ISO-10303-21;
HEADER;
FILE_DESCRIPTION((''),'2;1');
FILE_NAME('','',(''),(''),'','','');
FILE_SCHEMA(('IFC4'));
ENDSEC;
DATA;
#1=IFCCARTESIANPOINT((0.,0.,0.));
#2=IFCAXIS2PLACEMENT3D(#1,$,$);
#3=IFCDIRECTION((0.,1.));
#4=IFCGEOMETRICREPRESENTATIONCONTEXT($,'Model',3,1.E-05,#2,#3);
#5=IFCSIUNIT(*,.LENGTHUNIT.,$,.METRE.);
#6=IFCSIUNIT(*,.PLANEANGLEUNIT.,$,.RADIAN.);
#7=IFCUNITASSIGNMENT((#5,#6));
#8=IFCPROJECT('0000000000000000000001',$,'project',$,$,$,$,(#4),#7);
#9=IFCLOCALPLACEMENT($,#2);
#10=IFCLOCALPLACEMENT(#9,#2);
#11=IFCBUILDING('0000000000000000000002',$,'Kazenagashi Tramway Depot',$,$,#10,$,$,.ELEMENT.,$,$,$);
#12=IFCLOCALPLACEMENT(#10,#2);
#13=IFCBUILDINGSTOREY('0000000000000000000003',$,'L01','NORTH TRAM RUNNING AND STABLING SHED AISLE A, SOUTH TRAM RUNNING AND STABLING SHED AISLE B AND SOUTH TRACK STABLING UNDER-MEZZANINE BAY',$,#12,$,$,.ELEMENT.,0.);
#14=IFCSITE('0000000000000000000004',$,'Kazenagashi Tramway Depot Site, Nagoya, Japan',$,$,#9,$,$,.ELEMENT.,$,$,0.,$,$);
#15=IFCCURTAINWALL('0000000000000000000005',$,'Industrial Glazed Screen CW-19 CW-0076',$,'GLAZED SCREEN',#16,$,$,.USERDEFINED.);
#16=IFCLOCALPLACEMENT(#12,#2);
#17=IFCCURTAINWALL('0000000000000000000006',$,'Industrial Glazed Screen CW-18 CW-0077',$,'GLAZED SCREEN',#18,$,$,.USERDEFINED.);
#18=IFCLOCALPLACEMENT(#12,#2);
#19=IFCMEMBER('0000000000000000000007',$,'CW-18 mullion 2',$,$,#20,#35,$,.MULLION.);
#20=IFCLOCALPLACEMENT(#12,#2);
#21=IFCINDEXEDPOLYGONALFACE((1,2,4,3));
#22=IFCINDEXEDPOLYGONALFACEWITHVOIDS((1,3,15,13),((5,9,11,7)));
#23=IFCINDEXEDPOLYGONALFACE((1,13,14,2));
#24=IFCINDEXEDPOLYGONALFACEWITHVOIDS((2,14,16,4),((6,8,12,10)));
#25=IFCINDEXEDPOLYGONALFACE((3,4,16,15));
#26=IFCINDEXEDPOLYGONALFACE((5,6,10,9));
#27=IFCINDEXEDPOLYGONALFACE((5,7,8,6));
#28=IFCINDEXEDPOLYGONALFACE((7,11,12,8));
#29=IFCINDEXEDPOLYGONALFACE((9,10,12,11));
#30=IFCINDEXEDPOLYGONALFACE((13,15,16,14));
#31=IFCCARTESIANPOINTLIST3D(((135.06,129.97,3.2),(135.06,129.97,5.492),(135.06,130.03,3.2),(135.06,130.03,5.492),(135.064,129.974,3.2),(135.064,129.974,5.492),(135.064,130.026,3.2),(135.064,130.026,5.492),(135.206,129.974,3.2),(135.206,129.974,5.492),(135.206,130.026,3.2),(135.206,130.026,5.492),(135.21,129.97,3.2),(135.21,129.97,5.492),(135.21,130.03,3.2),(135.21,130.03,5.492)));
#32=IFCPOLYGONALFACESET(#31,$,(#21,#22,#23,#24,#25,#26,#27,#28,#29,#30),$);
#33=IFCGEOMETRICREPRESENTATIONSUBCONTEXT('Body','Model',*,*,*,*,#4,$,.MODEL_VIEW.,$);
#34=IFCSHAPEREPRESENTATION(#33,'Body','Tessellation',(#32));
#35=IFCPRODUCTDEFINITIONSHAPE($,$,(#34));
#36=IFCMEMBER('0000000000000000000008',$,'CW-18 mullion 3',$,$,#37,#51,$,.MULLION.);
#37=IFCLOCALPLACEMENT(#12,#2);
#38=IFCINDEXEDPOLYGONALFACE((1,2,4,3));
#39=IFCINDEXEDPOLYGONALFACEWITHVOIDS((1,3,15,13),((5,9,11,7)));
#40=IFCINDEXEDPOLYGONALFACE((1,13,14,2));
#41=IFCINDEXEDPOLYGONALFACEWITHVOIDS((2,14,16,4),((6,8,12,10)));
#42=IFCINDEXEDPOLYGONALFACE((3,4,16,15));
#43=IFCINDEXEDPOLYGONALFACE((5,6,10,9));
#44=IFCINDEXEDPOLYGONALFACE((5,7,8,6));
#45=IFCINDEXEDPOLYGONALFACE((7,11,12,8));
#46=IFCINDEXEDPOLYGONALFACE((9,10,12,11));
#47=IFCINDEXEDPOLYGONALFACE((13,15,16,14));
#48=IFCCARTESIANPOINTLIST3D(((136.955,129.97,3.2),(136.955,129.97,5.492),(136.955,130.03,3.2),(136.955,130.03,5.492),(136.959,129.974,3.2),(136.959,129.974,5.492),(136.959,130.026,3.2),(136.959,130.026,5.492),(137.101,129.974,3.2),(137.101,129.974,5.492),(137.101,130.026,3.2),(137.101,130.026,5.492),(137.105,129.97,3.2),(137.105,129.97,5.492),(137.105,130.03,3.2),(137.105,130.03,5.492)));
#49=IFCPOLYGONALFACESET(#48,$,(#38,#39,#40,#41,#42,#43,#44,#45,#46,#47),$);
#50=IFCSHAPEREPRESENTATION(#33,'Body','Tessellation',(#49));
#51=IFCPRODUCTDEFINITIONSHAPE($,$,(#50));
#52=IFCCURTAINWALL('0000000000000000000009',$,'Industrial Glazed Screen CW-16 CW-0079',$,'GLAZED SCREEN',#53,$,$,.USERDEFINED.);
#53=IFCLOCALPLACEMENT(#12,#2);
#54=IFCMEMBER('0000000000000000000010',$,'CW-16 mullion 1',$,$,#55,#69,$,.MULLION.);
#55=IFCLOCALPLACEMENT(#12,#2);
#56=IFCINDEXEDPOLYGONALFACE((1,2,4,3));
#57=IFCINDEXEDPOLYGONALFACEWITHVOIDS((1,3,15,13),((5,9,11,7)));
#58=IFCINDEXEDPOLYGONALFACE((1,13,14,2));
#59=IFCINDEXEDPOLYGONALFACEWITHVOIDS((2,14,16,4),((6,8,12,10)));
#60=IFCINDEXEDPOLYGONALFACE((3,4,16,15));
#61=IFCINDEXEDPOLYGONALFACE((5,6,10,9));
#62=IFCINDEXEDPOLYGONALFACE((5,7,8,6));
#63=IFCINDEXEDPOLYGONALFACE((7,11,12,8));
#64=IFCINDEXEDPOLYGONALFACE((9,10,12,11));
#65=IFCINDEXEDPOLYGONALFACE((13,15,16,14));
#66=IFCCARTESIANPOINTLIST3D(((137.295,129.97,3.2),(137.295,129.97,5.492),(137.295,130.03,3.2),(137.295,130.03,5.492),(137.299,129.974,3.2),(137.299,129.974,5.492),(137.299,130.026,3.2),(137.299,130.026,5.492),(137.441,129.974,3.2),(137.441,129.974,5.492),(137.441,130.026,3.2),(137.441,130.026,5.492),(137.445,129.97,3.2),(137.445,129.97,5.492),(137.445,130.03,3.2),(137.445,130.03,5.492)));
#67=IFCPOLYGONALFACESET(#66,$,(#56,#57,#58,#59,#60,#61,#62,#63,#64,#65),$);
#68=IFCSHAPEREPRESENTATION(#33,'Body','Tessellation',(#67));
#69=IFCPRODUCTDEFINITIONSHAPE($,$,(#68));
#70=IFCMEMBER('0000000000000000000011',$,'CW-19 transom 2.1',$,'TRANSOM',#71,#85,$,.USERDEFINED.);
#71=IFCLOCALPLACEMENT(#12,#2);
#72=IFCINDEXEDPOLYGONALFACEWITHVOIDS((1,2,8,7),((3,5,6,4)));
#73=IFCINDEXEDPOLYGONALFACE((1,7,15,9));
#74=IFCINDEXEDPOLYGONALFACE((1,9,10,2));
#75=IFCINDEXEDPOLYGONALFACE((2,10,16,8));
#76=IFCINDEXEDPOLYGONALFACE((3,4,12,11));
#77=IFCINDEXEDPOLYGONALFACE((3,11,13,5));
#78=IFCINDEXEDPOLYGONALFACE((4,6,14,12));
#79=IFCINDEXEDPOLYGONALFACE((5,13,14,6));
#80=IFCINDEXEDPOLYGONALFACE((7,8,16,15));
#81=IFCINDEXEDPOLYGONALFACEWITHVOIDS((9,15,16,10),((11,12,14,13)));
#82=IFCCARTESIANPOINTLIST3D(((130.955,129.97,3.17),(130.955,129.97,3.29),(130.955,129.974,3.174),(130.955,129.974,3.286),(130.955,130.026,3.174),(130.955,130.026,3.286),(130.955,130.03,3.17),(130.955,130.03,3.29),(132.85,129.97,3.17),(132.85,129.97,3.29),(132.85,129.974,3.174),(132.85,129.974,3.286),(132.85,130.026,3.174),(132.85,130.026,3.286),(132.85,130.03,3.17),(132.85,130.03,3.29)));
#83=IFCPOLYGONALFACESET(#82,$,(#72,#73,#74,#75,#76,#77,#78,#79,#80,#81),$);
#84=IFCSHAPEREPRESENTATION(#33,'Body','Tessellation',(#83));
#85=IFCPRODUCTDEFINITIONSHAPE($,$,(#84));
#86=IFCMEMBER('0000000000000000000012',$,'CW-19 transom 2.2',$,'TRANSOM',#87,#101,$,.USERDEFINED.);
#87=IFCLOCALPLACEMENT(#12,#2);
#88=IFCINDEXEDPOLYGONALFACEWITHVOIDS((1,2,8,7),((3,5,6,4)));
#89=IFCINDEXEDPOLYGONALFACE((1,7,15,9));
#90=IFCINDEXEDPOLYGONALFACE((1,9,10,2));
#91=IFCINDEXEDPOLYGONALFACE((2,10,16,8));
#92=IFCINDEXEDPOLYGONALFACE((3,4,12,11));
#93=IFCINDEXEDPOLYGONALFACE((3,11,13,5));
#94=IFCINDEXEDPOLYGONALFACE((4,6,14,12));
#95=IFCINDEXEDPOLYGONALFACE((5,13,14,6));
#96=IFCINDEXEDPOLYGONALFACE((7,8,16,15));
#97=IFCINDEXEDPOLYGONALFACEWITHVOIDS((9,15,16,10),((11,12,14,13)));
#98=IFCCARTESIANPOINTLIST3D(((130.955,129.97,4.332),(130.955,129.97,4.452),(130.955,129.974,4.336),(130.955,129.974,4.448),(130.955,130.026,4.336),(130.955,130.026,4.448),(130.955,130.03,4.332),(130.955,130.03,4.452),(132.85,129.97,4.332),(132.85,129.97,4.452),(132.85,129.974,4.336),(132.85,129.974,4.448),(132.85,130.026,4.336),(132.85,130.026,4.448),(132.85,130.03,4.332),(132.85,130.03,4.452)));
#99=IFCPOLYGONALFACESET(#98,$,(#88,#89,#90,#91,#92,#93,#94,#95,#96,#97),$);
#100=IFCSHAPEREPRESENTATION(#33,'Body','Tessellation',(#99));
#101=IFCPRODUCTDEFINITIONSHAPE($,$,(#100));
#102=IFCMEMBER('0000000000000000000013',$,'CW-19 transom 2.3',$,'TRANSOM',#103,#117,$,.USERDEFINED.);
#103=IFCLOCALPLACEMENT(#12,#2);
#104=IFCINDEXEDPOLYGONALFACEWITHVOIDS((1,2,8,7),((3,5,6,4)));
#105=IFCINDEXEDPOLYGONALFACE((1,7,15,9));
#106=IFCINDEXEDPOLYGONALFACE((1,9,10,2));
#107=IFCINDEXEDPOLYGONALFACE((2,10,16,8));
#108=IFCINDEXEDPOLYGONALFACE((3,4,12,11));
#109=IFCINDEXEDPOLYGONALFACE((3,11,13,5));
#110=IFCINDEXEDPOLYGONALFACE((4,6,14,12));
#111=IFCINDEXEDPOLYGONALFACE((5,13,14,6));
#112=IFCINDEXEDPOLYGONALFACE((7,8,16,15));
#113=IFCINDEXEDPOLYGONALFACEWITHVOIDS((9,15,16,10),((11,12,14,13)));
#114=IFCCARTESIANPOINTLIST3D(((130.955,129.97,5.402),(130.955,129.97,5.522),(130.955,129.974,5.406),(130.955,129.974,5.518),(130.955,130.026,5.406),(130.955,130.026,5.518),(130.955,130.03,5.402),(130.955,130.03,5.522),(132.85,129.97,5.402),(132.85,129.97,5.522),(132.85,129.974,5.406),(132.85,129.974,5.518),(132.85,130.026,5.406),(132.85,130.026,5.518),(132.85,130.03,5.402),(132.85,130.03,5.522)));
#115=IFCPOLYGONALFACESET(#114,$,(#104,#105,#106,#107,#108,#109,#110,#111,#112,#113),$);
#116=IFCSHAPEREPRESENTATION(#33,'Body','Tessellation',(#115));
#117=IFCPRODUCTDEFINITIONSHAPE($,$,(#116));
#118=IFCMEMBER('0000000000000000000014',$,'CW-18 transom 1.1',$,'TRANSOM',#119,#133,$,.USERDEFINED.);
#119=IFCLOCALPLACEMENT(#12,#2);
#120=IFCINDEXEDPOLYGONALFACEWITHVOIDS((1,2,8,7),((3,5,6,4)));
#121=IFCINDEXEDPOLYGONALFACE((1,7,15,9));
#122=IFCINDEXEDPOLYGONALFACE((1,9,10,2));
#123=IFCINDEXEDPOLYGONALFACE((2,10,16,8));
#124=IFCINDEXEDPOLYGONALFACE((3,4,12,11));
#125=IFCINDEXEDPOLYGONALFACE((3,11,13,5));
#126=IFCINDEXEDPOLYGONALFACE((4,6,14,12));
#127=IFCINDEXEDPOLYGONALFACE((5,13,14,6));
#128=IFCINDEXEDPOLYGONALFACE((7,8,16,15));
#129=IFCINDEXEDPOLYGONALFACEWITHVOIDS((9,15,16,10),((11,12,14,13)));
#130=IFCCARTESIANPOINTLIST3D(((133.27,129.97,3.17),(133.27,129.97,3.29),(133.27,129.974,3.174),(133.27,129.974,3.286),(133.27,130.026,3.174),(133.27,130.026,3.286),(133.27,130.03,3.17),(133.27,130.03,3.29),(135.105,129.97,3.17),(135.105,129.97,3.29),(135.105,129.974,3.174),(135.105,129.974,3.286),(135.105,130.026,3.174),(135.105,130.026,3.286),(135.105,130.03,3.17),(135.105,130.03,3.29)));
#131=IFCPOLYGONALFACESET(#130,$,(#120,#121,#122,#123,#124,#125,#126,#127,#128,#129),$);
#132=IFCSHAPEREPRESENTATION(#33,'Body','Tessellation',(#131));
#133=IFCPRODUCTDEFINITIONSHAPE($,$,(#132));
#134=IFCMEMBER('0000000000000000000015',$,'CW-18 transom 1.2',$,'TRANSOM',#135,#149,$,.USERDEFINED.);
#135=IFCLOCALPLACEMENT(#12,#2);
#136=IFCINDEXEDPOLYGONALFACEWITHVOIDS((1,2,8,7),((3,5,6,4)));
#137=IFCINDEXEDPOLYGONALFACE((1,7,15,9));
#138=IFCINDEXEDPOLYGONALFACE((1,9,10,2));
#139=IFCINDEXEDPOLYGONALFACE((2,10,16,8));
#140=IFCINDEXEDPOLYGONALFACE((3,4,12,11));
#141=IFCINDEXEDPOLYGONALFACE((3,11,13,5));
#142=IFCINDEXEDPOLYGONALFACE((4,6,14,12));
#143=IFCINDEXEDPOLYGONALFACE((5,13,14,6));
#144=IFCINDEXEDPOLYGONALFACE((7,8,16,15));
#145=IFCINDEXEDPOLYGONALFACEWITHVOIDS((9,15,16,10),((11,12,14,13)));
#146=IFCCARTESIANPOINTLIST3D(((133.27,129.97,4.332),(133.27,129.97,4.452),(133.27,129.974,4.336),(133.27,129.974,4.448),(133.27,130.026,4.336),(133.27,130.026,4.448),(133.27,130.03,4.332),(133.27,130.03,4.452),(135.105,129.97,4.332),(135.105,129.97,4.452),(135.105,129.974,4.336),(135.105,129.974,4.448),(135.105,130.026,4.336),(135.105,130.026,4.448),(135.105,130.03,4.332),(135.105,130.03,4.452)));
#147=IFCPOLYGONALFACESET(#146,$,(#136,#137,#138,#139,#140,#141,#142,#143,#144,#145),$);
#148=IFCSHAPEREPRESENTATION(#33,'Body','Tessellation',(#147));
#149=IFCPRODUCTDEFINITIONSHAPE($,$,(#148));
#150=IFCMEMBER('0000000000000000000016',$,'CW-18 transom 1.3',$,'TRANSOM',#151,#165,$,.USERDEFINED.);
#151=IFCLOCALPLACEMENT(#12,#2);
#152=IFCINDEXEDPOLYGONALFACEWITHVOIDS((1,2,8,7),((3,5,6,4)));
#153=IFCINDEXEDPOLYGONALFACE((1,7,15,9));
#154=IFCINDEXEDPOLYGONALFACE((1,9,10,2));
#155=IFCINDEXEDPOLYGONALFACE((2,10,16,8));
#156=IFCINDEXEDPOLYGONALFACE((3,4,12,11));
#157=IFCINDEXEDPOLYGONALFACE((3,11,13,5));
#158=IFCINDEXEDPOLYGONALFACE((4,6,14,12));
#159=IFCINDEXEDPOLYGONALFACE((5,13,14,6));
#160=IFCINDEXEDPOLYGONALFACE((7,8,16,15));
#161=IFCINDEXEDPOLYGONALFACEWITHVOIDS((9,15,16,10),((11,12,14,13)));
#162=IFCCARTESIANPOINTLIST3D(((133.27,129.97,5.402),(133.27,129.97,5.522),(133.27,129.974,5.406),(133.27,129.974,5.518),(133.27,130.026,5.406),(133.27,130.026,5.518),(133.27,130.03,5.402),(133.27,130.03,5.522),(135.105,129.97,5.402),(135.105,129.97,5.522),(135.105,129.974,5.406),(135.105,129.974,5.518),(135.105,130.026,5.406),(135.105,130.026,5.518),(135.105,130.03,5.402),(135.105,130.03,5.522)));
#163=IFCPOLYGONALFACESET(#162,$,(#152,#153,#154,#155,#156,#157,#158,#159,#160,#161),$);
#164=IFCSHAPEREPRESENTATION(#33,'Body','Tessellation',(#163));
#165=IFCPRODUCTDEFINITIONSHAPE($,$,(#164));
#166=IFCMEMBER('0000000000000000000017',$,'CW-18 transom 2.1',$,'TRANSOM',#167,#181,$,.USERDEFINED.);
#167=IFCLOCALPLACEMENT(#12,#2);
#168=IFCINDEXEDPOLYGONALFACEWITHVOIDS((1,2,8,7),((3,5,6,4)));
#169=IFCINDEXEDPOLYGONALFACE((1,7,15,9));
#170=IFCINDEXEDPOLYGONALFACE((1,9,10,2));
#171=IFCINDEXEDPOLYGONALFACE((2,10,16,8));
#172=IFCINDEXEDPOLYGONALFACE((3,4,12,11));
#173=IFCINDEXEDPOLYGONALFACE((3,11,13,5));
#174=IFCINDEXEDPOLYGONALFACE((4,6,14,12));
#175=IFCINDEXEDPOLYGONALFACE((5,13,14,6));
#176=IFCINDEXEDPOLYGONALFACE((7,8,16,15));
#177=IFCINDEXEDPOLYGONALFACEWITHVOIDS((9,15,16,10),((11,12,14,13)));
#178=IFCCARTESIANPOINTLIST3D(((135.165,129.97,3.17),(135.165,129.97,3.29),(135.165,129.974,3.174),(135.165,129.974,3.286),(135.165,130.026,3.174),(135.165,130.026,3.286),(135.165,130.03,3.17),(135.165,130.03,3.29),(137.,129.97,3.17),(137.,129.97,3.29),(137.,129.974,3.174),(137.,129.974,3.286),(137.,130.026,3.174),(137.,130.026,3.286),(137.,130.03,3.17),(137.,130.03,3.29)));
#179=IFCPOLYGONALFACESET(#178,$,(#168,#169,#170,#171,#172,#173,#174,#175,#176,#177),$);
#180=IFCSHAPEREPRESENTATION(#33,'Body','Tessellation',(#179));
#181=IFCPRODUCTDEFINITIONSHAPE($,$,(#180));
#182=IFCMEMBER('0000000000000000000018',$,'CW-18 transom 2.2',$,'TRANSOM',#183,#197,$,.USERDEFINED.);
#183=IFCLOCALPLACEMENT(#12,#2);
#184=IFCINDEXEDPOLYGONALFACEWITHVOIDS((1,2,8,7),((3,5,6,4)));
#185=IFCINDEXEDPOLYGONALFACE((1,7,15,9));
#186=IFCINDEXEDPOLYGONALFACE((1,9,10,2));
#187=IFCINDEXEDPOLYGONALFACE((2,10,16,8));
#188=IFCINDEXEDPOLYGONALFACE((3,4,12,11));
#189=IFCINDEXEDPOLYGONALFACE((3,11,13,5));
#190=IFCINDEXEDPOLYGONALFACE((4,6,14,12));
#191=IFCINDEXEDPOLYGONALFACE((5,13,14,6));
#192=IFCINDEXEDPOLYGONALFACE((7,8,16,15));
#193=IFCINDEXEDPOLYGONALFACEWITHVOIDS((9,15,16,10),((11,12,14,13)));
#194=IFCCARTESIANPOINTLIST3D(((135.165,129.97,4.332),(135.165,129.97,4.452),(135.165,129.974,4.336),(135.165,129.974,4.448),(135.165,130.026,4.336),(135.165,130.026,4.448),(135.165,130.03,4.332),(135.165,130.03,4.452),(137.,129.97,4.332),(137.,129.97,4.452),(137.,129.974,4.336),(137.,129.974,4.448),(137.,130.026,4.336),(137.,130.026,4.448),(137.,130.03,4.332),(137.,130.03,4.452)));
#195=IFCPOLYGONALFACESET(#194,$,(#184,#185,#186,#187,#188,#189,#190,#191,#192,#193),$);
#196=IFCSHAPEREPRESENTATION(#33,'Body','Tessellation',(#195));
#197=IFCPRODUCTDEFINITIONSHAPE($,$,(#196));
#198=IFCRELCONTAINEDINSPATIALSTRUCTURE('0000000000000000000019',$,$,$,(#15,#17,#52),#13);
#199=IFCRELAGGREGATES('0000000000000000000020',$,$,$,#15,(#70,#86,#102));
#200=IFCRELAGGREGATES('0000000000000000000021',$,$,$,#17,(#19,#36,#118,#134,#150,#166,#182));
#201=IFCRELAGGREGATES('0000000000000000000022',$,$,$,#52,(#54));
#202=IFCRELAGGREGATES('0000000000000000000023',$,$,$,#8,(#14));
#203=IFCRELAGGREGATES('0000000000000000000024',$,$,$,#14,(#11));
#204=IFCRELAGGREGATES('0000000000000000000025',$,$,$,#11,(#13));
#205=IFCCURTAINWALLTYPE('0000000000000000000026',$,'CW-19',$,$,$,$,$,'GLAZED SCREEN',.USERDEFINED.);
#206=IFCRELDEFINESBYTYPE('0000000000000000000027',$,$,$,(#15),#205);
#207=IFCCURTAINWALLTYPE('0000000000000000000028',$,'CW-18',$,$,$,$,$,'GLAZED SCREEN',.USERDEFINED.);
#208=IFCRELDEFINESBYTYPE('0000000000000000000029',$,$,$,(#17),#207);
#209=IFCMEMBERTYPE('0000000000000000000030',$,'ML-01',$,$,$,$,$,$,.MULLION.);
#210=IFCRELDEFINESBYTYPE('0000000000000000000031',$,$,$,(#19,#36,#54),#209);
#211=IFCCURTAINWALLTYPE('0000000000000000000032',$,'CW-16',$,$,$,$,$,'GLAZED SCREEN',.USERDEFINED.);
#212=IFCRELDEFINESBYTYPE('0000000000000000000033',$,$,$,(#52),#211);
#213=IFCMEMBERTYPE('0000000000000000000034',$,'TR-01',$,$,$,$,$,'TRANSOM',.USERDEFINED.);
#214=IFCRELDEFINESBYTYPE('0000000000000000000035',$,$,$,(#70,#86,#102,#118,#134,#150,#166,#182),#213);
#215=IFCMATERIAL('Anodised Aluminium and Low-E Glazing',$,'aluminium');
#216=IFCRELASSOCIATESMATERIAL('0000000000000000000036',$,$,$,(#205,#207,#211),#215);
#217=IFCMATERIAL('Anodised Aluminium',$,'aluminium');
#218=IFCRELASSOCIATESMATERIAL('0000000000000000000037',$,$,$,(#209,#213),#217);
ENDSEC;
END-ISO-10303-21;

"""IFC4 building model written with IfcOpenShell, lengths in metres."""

from ifc_helpers import new_model, si_unit, direction, frame, origin, origin_2d, place, context, subcontext, project, spatial, hollow_rectangle, extrude, material, material_profile, profile_set, type_object, element, aggregate, save


model = new_model("IFC4")

# Units and contexts
model_context = context("Model", 3, precision=1e-05, world=origin(), true_north=direction((0.0, 1.0)))
body_context = subcontext(model_context, "Body", "Model", "MODEL_VIEW")
ifc_project = project(units=[si_unit("LENGTHUNIT", "METRE"), si_unit("PLANEANGLEUNIT", "RADIAN")], contexts=[model_context])

# Site, building, storey
site_placement = place(None, origin())
site = spatial("IfcSite", under=ifc_project, at=site_placement, Name="Kazenagashi Tramway Depot Site, Nagoya, Japan", CompositionType="ELEMENT", RefElevation=0.0)
building_placement = place(site_placement, origin())
building = spatial("IfcBuilding", under=site, at=building_placement, Name="Kazenagashi Tramway Depot", CompositionType="ELEMENT")
storey_placement = place(building_placement, origin())
storey = spatial("IfcBuildingStorey", under=building, at=storey_placement, Name="L01", Description="NORTH TRAM RUNNING AND STABLING SHED AISLE A, SOUTH TRAM RUNNING AND STABLING SHED AISLE B AND SOUTH TRACK STABLING UNDER-MEZZANINE BAY", CompositionType="ELEMENT", Elevation=0.0)

# Curtain walls, members
ifc_material_1 = material(Name="Anodised Aluminium and Low-E Glazing", Category="aluminium")
curtain_wall_type_1 = type_object("IfcCurtainWallType", Name="CW-19", ElementType="GLAZED SCREEN", PredefinedType="USERDEFINED", material=ifc_material_1)
curtain_wall_1_placement = place(storey_placement, origin())
curtain_wall_1 = element("IfcCurtainWall", 1, at=curtain_wall_1_placement, inside=storey, type_object=curtain_wall_type_1, Name="Industrial Glazed Screen CW-19 CW-0076", ObjectType="GLAZED SCREEN", PredefinedType="USERDEFINED")
ifc_material_2 = material(Name="Anodised Aluminium", Category="aluminium")
ifc_material_profile_1 = material_profile(ifc_material_2, hollow_rectangle(XDim=0.06, YDim=0.15, WallThickness=0.004, at=origin_2d()), Name="RHS-150x60x4")
ifc_profile_set_1 = profile_set([ifc_material_profile_1], Name="Anodised Aluminium")
member_type_1 = type_object("IfcMemberType", Name="ML-01", PredefinedType="MULLION", material=ifc_profile_set_1)
curtain_wall_type_2 = type_object("IfcCurtainWallType", Name="CW-18", ElementType="GLAZED SCREEN", PredefinedType="USERDEFINED", material=ifc_material_1)
curtain_wall_2_placement = place(storey_placement, origin())
curtain_wall_2 = element("IfcCurtainWall", 2, at=curtain_wall_2_placement, inside=storey, type_object=curtain_wall_type_2, Name="Industrial Glazed Screen CW-18 CW-0077", ObjectType="GLAZED SCREEN", PredefinedType="USERDEFINED")
member_1_placement = place(storey_placement, frame((135.135, 130.0, 3.2), z_axis=(0.0, 0.0, 1.0), x_axis=(0.0, 1.0, 0.0)))
member_1 = element("IfcMember", 3, at=member_1_placement, type_object=member_type_1, Name="CW-18 mullion 2", PredefinedType="MULLION", context=body_context, shape_type="SweptSolid", body=[
    extrude(hollow_rectangle(XDim=0.06, YDim=0.15, WallThickness=0.004, at=origin_2d()), origin(), (0.0, 0.0, 1.0), 2.292),
])
member_2_placement = place(storey_placement, frame((137.03, 130.0, 3.2), z_axis=(0.0, 0.0, 1.0), x_axis=(0.0, 1.0, 0.0)))
member_2 = element("IfcMember", 4, at=member_2_placement, type_object=member_type_1, Name="CW-18 mullion 3", PredefinedType="MULLION", context=body_context, shape_type="SweptSolid", body=[
    extrude(hollow_rectangle(XDim=0.06, YDim=0.15, WallThickness=0.004, at=origin_2d()), origin(), (0.0, 0.0, 1.0), 2.292),
])

# Curtain wall, member
curtain_wall_type_3 = type_object("IfcCurtainWallType", Name="CW-16", ElementType="GLAZED SCREEN", PredefinedType="USERDEFINED", material=ifc_material_1)
curtain_wall_3_placement = place(storey_placement, origin())
curtain_wall_3 = element("IfcCurtainWall", 5, at=curtain_wall_3_placement, inside=storey, type_object=curtain_wall_type_3, Name="Industrial Glazed Screen CW-16 CW-0079", ObjectType="GLAZED SCREEN", PredefinedType="USERDEFINED")
member_3_placement = place(storey_placement, frame((137.37, 130.0, 3.2), z_axis=(0.0, 0.0, 1.0), x_axis=(0.0, 1.0, 0.0)))
member_3 = element("IfcMember", 6, at=member_3_placement, type_object=member_type_1, Name="CW-16 mullion 1", PredefinedType="MULLION", context=body_context, shape_type="SweptSolid", body=[
    extrude(hollow_rectangle(XDim=0.06, YDim=0.15, WallThickness=0.004, at=origin_2d()), origin(), (0.0, 0.0, 1.0), 2.292),
])

# Members
ifc_material_profile_2 = material_profile(ifc_material_2, hollow_rectangle(XDim=0.06, YDim=0.12, WallThickness=0.004, at=origin_2d()), Name="RHS-120x60x4")
ifc_profile_set_2 = profile_set([ifc_material_profile_2], Name="Anodised Aluminium")
member_type_2 = type_object("IfcMemberType", Name="TR-01", ElementType="TRANSOM", PredefinedType="USERDEFINED", material=ifc_profile_set_2)
member_4_placement = place(storey_placement, frame((130.955, 130.0, 3.23), z_axis=(1.0, 0.0, 0.0), x_axis=(0.0, 1.0, 0.0)))
member_4 = element("IfcMember", 7, at=member_4_placement, type_object=member_type_2, Name="CW-19 transom 2.1", ObjectType="TRANSOM", PredefinedType="USERDEFINED", context=body_context, shape_type="SweptSolid", body=[
    extrude(hollow_rectangle(XDim=0.06, YDim=0.12, WallThickness=0.004, at=origin_2d()), origin(), (0.0, 0.0, 1.0), 1.895),
])
member_5_placement = place(storey_placement, frame((130.955, 130.0, 4.392), z_axis=(1.0, 0.0, 0.0), x_axis=(0.0, 1.0, 0.0)))
member_5 = element("IfcMember", 8, at=member_5_placement, type_object=member_type_2, Name="CW-19 transom 2.2", ObjectType="TRANSOM", PredefinedType="USERDEFINED", context=body_context, shape_type="SweptSolid", body=[
    extrude(hollow_rectangle(XDim=0.06, YDim=0.12, WallThickness=0.004, at=origin_2d()), origin(), (0.0, 0.0, 1.0), 1.895),
])
member_6_placement = place(storey_placement, frame((130.955, 130.0, 5.462), z_axis=(1.0, 0.0, 0.0), x_axis=(0.0, 1.0, 0.0)))
member_6 = element("IfcMember", 9, at=member_6_placement, type_object=member_type_2, Name="CW-19 transom 2.3", ObjectType="TRANSOM", PredefinedType="USERDEFINED", context=body_context, shape_type="SweptSolid", body=[
    extrude(hollow_rectangle(XDim=0.06, YDim=0.12, WallThickness=0.004, at=origin_2d()), origin(), (0.0, 0.0, 1.0), 1.895),
])
member_7_placement = place(storey_placement, frame((133.27, 130.0, 3.23), z_axis=(1.0, 0.0, 0.0), x_axis=(0.0, 1.0, 0.0)))
member_7 = element("IfcMember", 10, at=member_7_placement, type_object=member_type_2, Name="CW-18 transom 1.1", ObjectType="TRANSOM", PredefinedType="USERDEFINED", context=body_context, shape_type="SweptSolid", body=[
    extrude(hollow_rectangle(XDim=0.06, YDim=0.12, WallThickness=0.004, at=origin_2d()), origin(), (0.0, 0.0, 1.0), 1.835),
])
member_8_placement = place(storey_placement, frame((133.27, 130.0, 4.392), z_axis=(1.0, 0.0, 0.0), x_axis=(0.0, 1.0, 0.0)))
member_8 = element("IfcMember", 11, at=member_8_placement, type_object=member_type_2, Name="CW-18 transom 1.2", ObjectType="TRANSOM", PredefinedType="USERDEFINED", context=body_context, shape_type="SweptSolid", body=[
    extrude(hollow_rectangle(XDim=0.06, YDim=0.12, WallThickness=0.004, at=origin_2d()), origin(), (0.0, 0.0, 1.0), 1.835),
])
member_9_placement = place(storey_placement, frame((133.27, 130.0, 5.462), z_axis=(1.0, 0.0, 0.0), x_axis=(0.0, 1.0, 0.0)))
member_9 = element("IfcMember", 12, at=member_9_placement, type_object=member_type_2, Name="CW-18 transom 1.3", ObjectType="TRANSOM", PredefinedType="USERDEFINED", context=body_context, shape_type="SweptSolid", body=[
    extrude(hollow_rectangle(XDim=0.06, YDim=0.12, WallThickness=0.004, at=origin_2d()), origin(), (0.0, 0.0, 1.0), 1.835),
])
member_10_placement = place(storey_placement, frame((135.165, 130.0, 3.23), z_axis=(1.0, 0.0, 0.0), x_axis=(0.0, 1.0, 0.0)))
member_10 = element("IfcMember", 13, at=member_10_placement, type_object=member_type_2, Name="CW-18 transom 2.1", ObjectType="TRANSOM", PredefinedType="USERDEFINED", context=body_context, shape_type="SweptSolid", body=[
    extrude(hollow_rectangle(XDim=0.06, YDim=0.12, WallThickness=0.004, at=origin_2d()), origin(), (0.0, 0.0, 1.0), 1.835),
])
member_11_placement = place(storey_placement, frame((135.165, 130.0, 4.392), z_axis=(1.0, 0.0, 0.0), x_axis=(0.0, 1.0, 0.0)))
member_11 = element("IfcMember", 14, at=member_11_placement, type_object=member_type_2, Name="CW-18 transom 2.2", ObjectType="TRANSOM", PredefinedType="USERDEFINED", context=body_context, shape_type="SweptSolid", body=[
    extrude(hollow_rectangle(XDim=0.06, YDim=0.12, WallThickness=0.004, at=origin_2d()), origin(), (0.0, 0.0, 1.0), 1.835),
])

aggregate(curtain_wall_1, [member_4, member_5, member_6])
aggregate(curtain_wall_2, [member_1, member_2, member_7, member_8, member_9, member_10, member_11])
aggregate(curtain_wall_3, [member_3])

save(model, "model.ifc")
